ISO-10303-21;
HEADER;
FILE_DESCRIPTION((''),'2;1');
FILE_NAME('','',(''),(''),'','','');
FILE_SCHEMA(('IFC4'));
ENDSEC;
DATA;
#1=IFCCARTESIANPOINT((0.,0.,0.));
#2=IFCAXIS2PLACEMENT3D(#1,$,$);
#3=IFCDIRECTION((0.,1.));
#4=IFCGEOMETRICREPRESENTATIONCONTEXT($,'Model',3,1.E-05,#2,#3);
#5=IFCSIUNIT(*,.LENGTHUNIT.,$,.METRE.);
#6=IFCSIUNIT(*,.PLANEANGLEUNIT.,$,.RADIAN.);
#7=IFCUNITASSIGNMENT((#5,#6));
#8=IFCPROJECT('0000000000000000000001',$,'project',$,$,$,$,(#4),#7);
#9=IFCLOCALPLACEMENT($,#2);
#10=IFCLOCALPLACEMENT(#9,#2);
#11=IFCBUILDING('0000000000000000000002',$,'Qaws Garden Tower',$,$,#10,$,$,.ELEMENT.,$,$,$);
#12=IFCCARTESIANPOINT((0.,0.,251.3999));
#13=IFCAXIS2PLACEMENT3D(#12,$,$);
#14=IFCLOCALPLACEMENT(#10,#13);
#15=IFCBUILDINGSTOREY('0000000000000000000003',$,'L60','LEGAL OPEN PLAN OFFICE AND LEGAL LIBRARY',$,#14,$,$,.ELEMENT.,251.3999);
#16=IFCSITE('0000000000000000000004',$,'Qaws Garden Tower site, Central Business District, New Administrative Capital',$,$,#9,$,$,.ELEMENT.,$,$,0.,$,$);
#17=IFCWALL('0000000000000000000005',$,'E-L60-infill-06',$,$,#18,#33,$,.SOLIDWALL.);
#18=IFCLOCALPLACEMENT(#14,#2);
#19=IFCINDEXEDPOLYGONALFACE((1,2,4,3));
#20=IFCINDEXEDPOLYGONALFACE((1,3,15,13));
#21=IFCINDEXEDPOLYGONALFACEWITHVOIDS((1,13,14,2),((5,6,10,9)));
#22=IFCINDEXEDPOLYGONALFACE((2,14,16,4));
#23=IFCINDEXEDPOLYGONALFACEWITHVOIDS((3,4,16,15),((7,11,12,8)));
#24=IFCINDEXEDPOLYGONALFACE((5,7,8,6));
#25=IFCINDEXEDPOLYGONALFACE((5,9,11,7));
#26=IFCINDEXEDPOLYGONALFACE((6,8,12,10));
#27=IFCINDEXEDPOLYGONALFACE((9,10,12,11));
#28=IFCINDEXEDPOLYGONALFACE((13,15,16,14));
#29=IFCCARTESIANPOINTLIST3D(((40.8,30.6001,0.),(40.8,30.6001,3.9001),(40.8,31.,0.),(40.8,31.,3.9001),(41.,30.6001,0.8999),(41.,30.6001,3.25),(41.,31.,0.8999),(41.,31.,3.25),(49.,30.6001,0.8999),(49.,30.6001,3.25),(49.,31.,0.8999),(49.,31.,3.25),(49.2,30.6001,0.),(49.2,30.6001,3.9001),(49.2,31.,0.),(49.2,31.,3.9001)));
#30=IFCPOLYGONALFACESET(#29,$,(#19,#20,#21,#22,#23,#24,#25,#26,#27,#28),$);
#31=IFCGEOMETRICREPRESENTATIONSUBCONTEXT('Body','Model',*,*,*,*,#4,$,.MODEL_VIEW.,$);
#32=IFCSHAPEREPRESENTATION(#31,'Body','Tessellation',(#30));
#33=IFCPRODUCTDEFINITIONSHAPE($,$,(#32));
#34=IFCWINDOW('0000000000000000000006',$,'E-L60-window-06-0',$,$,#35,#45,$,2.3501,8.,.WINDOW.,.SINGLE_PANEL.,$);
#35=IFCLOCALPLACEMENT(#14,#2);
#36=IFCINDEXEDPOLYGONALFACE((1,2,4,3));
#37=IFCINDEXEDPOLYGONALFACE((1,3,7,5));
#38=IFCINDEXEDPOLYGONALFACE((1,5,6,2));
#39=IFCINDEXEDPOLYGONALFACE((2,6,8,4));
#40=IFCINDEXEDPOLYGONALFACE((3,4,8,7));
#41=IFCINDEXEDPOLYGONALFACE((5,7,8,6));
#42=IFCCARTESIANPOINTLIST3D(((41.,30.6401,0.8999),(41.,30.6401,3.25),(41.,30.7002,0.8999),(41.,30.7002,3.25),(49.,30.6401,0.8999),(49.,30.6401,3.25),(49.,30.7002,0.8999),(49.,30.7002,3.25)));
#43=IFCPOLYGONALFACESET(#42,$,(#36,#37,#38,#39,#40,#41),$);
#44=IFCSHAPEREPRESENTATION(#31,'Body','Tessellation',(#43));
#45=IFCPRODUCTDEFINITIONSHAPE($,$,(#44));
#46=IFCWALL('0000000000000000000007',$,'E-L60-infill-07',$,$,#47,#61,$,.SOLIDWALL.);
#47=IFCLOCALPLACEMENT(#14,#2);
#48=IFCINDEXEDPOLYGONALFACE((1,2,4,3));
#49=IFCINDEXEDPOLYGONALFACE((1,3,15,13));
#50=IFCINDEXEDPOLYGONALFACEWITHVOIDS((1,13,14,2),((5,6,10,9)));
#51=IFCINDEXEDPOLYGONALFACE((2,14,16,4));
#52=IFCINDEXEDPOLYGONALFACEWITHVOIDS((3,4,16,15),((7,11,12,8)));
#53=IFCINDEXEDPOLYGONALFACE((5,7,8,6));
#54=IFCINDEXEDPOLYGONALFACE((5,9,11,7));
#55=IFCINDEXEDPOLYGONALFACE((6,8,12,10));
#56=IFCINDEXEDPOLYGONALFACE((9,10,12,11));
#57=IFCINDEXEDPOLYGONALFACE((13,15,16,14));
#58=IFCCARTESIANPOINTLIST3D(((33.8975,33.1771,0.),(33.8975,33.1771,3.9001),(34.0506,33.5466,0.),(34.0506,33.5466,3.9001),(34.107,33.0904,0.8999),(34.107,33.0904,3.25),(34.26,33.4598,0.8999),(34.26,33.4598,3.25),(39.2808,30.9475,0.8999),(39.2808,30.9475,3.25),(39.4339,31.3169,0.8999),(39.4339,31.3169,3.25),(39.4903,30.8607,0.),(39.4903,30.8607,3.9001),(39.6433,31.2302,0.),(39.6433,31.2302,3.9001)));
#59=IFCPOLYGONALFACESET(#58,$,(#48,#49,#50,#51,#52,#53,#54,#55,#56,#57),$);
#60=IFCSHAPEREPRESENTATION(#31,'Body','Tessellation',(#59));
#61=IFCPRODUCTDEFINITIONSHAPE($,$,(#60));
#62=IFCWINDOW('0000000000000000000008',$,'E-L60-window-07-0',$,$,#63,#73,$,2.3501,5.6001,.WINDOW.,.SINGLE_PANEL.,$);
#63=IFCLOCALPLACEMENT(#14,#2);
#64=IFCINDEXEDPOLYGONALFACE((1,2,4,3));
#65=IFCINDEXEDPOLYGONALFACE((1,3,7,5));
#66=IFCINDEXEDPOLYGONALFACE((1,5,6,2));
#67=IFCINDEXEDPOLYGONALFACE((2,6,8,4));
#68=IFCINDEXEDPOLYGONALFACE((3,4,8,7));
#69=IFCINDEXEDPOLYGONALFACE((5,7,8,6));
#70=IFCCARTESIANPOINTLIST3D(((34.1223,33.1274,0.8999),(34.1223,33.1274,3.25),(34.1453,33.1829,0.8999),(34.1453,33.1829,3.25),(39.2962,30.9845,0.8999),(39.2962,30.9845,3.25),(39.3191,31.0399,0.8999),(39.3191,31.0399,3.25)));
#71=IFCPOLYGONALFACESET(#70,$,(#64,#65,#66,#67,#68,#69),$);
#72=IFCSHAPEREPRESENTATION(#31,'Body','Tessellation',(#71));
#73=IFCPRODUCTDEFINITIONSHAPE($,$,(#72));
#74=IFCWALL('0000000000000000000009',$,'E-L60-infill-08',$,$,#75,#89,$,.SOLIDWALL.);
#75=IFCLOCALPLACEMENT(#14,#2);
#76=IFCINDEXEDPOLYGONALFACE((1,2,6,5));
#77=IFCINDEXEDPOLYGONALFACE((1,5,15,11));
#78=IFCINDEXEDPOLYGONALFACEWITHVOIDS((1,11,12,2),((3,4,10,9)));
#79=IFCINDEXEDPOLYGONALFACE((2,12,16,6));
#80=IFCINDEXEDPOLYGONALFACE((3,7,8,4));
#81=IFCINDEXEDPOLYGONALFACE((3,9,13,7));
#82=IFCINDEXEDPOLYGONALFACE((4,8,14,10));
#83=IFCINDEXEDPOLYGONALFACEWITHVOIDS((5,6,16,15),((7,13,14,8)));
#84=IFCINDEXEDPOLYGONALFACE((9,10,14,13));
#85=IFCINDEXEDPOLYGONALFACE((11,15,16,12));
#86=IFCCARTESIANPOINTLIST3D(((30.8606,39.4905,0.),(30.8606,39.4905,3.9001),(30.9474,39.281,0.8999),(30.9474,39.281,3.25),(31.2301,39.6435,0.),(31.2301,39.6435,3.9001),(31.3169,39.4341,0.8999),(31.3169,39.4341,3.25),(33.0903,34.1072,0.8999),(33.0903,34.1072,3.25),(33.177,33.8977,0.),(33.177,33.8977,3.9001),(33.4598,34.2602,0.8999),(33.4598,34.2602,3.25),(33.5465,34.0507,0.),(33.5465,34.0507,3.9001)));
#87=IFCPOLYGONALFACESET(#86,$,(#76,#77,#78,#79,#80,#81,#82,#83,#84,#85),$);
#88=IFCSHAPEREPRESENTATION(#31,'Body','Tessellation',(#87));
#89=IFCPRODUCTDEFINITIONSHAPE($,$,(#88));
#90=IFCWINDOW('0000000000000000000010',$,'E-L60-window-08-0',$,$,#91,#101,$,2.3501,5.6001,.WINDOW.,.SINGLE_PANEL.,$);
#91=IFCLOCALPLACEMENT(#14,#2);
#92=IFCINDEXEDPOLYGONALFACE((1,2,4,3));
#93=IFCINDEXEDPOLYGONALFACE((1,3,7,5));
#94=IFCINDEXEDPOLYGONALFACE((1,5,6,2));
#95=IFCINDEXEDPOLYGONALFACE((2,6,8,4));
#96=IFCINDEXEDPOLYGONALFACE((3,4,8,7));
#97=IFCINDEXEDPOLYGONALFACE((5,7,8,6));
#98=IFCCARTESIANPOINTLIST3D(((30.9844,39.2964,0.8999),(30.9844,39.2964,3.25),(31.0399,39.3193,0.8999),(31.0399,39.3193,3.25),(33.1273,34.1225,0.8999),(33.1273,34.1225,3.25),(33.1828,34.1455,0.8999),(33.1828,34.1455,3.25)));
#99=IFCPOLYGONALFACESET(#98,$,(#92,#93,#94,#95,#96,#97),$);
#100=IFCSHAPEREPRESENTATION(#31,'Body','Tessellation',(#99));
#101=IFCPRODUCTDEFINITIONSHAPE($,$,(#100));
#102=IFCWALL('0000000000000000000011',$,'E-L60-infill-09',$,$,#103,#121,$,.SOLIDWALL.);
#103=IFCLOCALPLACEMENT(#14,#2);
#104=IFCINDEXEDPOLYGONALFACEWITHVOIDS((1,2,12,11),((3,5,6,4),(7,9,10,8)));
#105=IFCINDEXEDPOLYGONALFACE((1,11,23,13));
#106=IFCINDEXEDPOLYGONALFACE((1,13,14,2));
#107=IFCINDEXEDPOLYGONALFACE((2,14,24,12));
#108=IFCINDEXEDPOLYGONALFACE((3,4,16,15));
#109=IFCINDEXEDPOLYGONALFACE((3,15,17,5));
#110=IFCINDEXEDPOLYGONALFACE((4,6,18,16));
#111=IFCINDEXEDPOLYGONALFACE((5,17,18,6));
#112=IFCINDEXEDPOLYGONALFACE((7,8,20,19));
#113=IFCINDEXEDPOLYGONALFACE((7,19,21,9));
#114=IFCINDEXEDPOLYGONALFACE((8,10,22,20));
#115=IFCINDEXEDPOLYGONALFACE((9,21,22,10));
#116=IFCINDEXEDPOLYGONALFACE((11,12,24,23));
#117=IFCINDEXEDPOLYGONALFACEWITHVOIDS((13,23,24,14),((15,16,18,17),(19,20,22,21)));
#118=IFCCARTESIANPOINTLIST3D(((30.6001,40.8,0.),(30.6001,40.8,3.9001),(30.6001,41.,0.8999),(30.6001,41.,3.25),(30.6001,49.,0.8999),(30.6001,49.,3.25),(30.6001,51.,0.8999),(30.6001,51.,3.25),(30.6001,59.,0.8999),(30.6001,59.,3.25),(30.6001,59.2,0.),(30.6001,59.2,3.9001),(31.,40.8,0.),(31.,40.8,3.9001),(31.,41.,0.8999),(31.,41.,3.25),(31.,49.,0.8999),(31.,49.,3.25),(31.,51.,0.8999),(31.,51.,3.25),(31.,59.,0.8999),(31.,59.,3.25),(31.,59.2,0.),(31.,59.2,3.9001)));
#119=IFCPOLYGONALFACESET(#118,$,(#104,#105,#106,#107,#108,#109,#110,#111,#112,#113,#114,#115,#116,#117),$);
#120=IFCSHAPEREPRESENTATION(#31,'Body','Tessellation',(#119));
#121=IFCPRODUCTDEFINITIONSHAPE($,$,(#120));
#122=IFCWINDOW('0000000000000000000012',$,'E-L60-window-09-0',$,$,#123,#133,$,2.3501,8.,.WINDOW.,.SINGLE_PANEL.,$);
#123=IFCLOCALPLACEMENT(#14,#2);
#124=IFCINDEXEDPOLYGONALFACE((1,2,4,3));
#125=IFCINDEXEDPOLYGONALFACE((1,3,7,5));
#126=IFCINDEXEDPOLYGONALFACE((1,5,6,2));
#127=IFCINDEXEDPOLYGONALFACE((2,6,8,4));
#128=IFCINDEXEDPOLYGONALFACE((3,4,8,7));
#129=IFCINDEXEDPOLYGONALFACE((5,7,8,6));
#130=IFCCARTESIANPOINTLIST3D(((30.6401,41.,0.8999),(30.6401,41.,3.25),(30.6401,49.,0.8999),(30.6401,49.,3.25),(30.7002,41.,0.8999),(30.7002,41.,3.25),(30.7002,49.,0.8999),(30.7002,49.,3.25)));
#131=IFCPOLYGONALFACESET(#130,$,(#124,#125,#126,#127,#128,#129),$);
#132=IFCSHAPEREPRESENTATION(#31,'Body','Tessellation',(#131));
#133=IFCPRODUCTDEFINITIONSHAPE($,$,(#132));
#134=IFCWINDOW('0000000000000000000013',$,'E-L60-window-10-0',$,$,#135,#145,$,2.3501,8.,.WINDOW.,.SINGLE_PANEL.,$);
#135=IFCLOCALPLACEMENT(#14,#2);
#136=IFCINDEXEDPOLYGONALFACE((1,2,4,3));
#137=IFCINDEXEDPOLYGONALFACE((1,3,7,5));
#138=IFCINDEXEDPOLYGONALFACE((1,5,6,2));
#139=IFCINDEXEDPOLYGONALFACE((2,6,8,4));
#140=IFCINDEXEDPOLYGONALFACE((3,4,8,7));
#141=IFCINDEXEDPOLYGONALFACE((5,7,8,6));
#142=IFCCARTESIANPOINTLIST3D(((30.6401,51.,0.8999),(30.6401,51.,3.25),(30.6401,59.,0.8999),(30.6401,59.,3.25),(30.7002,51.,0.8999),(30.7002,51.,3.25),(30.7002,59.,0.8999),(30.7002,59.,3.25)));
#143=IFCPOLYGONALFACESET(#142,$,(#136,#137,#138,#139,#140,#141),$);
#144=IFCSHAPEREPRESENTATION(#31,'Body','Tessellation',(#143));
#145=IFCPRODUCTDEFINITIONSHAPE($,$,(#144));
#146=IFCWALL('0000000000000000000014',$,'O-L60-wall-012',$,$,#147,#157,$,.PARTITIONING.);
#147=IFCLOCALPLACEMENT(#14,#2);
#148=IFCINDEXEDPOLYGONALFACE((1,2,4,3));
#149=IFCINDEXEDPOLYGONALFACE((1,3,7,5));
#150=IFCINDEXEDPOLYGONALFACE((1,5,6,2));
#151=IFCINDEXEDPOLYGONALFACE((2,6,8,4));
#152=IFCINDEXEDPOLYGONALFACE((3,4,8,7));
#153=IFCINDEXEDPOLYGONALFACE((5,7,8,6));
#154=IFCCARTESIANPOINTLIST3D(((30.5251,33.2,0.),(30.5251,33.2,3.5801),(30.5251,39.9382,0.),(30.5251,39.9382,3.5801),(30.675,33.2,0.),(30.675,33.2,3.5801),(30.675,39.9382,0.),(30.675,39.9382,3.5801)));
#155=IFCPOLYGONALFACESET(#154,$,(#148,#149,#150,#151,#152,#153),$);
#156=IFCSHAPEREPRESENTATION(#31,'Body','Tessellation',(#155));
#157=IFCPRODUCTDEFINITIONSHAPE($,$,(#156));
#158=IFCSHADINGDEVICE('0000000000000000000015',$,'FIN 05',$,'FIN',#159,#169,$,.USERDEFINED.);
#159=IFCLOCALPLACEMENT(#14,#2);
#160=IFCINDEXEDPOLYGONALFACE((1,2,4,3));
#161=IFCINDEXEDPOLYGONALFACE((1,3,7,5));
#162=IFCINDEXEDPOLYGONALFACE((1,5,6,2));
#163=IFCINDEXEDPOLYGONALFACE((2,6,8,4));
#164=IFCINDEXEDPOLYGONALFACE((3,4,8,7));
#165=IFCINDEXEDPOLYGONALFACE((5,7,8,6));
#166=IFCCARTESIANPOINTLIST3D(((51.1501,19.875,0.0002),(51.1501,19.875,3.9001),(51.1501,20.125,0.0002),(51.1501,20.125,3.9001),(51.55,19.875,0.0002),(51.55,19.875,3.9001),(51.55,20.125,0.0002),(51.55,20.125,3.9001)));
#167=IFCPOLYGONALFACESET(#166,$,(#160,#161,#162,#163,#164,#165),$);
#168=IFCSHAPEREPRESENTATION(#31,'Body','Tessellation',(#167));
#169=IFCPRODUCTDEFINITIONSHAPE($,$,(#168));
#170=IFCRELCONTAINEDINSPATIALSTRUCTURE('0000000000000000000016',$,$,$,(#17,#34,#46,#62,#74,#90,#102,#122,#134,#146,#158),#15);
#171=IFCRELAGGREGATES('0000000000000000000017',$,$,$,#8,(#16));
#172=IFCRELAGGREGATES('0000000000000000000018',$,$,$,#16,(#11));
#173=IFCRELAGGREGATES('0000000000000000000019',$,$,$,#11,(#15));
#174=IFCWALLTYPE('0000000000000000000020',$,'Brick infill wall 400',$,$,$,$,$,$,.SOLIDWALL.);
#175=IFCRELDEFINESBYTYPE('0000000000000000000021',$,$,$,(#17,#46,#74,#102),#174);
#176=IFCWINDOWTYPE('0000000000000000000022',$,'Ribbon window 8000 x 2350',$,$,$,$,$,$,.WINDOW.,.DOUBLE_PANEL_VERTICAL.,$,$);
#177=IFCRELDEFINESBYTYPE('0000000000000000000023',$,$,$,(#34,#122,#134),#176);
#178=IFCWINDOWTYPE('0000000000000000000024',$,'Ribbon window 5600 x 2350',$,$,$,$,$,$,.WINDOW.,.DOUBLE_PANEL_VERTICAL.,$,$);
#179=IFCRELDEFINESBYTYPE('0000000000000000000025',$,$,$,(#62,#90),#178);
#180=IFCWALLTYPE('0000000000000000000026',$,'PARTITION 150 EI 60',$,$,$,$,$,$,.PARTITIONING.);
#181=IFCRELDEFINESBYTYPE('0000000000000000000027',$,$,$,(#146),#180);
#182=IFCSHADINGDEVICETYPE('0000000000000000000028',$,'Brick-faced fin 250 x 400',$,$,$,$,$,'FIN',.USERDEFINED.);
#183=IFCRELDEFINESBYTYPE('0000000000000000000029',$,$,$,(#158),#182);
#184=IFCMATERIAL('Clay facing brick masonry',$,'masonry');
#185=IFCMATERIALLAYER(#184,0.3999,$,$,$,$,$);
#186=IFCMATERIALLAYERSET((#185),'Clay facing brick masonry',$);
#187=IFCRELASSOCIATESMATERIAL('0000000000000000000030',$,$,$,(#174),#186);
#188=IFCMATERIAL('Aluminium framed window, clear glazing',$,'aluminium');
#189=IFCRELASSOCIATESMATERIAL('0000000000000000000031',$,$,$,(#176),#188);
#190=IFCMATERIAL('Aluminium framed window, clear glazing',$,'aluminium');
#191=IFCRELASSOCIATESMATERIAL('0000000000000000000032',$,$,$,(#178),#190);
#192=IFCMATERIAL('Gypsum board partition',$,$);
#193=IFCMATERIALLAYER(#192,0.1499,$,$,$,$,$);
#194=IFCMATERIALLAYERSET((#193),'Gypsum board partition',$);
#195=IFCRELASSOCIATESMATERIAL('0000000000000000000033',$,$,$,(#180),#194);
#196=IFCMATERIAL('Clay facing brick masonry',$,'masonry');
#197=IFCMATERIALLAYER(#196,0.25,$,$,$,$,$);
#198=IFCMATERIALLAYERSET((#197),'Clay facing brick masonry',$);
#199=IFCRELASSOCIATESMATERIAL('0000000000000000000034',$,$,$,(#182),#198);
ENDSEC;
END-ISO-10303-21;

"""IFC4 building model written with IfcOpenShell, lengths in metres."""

from ifc_helpers import new_model, si_unit, direction, frame, frame_2d, origin, origin_2d, place, context, subcontext, project, spatial, rectangle, extrude, material, layer, layer_set, type_object, element, fill, save


model = new_model("IFC4")

# Units and contexts
model_context = context("Model", 3, precision=1e-05, world=origin(), true_north=direction((0.0, 1.0)))
body_context = subcontext(model_context, "Body", "Model", "MODEL_VIEW")
ifc_project = project(units=[si_unit("LENGTHUNIT", "METRE"), si_unit("PLANEANGLEUNIT", "RADIAN")], contexts=[model_context])

# Site, building, storey
site_placement = place(None, origin())
site = spatial("IfcSite", under=ifc_project, at=site_placement, Name="Qaws Garden Tower site, Central Business District, New Administrative Capital", CompositionType="ELEMENT", RefElevation=0.0)
building_placement = place(site_placement, origin())
building = spatial("IfcBuilding", under=site, at=building_placement, Name="Qaws Garden Tower", CompositionType="ELEMENT")
storey_placement = place(building_placement, frame((0.0, 0.0, 251.3999)))
storey = spatial("IfcBuildingStorey", under=building, at=storey_placement, Name="L60", Description="LEGAL OPEN PLAN OFFICE AND LEGAL LIBRARY", CompositionType="ELEMENT", Elevation=251.3999)

# Walls, openings, windows
ifc_material_1 = material(Name="Clay facing brick masonry", Category="masonry")
ifc_layer_1 = layer(ifc_material_1, 0.3999)
ifc_layer_set_1 = layer_set([ifc_layer_1], Name="Clay facing brick masonry")
wall_type_1 = type_object("IfcWallType", Name="Brick infill wall 400", PredefinedType="SOLIDWALL", material=ifc_layer_set_1)
wall_1_placement = place(storey_placement, frame((49.2, 30.8, 0.0), z_axis=(0.0, 0.0, 1.0), x_axis=(-1.0, 0.0, 0.0)))
wall_1 = element("IfcWall", 1, at=wall_1_placement, inside=storey, type_object=wall_type_1, Name="E-L60-infill-06", PredefinedType="SOLIDWALL", context=body_context, shape_type="SweptSolid", body=[
    extrude(rectangle(XDim=8.3999, YDim=0.3999, at=frame_2d((4.2, 0.0))), origin(), (0.0, 0.0, 1.0), 3.9001),
])
opening_1_placement = place(wall_1_placement, frame((0.2, 0.0, 0.8999)))
opening_1 = element("IfcOpeningElement", 2, at=opening_1_placement, cuts=wall_1, PredefinedType="OPENING", context=body_context, shape_type="SweptSolid", body=[
    extrude(rectangle(XDim=8.0, YDim=2.3501, at=frame_2d((4.0, 1.175))), frame((0.0, 0.21, 0.0), z_axis=(0.0, -1.0, 0.0), x_axis=(1.0, 0.0, 0.0)), (0.0, 0.0, 1.0), 0.4199),
])
ifc_material_2 = material(Name="Aluminium framed window, clear glazing", Category="aluminium")
window_type_1 = type_object("IfcWindowType", Name="Ribbon window 8000 x 2350", PartitioningType="DOUBLE_PANEL_VERTICAL", PredefinedType="WINDOW", material=ifc_material_2)
window_1_placement = place(opening_1_placement, origin())
window_1 = element("IfcWindow", 3, at=window_1_placement, inside=storey, type_object=window_type_1, Name="E-L60-window-06-0", OverallHeight=2.3501, OverallWidth=8.0, PartitioningType="SINGLE_PANEL", PredefinedType="WINDOW", context=body_context, shape_type="SweptSolid", body=[
    extrude(rectangle(XDim=8.0, YDim=2.3501, at=frame_2d((4.0, 1.175))), frame((0.0, 0.1599, 0.0), z_axis=(0.0, -1.0, 0.0), x_axis=(1.0, 0.0, 0.0)), (0.0, 0.0, 1.0), 0.0601),
])
fill(opening_1, window_1)
wall_2_placement = place(storey_placement, frame((39.5669, 31.0454, 0.0), z_axis=(0.0, 0.0, 1.0), x_axis=(-0.923891, 0.382656, 0.0)))
wall_2 = element("IfcWall", 4, at=wall_2_placement, inside=storey, type_object=wall_type_1, Name="E-L60-infill-07", PredefinedType="SOLIDWALL", context=body_context, shape_type="SweptSolid", body=[
    extrude(rectangle(XDim=6.0535, YDim=0.3999, at=frame_2d((3.0269, 0.0))), origin(), (0.0, 0.0, 1.0), 3.9001),
])
opening_2_placement = place(wall_2_placement, frame((0.2268, 0.0, 0.8999)))
opening_2 = element("IfcOpeningElement", 5, at=opening_2_placement, cuts=wall_2, PredefinedType="OPENING", context=body_context, shape_type="SweptSolid", body=[
    extrude(rectangle(XDim=5.6001, YDim=2.3501, at=frame_2d((2.8, 1.175))), frame((0.0, 0.21, 0.0), z_axis=(0.0, -1.0, 0.0), x_axis=(1.0, 0.0, 0.0)), (0.0, 0.0, 1.0), 0.4199),
])
ifc_material_3 = material(Name="Aluminium framed window, clear glazing", Category="aluminium")
window_type_2 = type_object("IfcWindowType", Name="Ribbon window 5600 x 2350", PartitioningType="DOUBLE_PANEL_VERTICAL", PredefinedType="WINDOW", material=ifc_material_3)
window_2_placement = place(opening_2_placement, origin())
window_2 = element("IfcWindow", 6, at=window_2_placement, inside=storey, type_object=window_type_2, Name="E-L60-window-07-0", OverallHeight=2.3501, OverallWidth=5.6001, PartitioningType="SINGLE_PANEL", PredefinedType="WINDOW", context=body_context, shape_type="SweptSolid", body=[
    extrude(rectangle(XDim=5.6001, YDim=2.3501, at=frame_2d((2.8, 1.175))), frame((0.0, 0.1599, 0.0), z_axis=(0.0, -1.0, 0.0), x_axis=(1.0, 0.0, 0.0)), (0.0, 0.0, 1.0), 0.0601),
])
fill(opening_2, window_2)
wall_3_placement = place(storey_placement, frame((33.3618, 33.9741, 0.0), z_axis=(0.0, 0.0, 1.0), x_axis=(-0.382656, 0.923891, 0.0)))
wall_3 = element("IfcWall", 7, at=wall_3_placement, inside=storey, type_object=wall_type_1, Name="E-L60-infill-08", PredefinedType="SOLIDWALL", context=body_context, shape_type="SweptSolid", body=[
    extrude(rectangle(XDim=6.0535, YDim=0.3999, at=frame_2d((3.0269, 0.0))), origin(), (0.0, 0.0, 1.0), 3.9001),
])
opening_3_placement = place(wall_3_placement, frame((0.2268, 0.0, 0.8999)))
opening_3 = element("IfcOpeningElement", 8, at=opening_3_placement, cuts=wall_3, PredefinedType="OPENING", context=body_context, shape_type="SweptSolid", body=[
    extrude(rectangle(XDim=5.6001, YDim=2.3501, at=frame_2d((2.8, 1.175))), frame((0.0, 0.21, 0.0), z_axis=(0.0, -1.0, 0.0), x_axis=(1.0, 0.0, 0.0)), (0.0, 0.0, 1.0), 0.4199),
])
window_3_placement = place(opening_3_placement, origin())
window_3 = element("IfcWindow", 9, at=window_3_placement, inside=storey, type_object=window_type_2, Name="E-L60-window-08-0", OverallHeight=2.3501, OverallWidth=5.6001, PartitioningType="SINGLE_PANEL", PredefinedType="WINDOW", context=body_context, shape_type="SweptSolid", body=[
    extrude(rectangle(XDim=5.6001, YDim=2.3501, at=frame_2d((2.8, 1.175))), frame((0.0, 0.1599, 0.0), z_axis=(0.0, -1.0, 0.0), x_axis=(1.0, 0.0, 0.0)), (0.0, 0.0, 1.0), 0.0601),
])
fill(opening_3, window_3)

# Wall, openings, windows
wall_4_placement = place(storey_placement, frame((30.8, 40.8, 0.0), z_axis=(0.0, 0.0, 1.0), x_axis=(0.0, 1.0, 0.0)))
wall_4 = element("IfcWall", 10, at=wall_4_placement, inside=storey, type_object=wall_type_1, Name="E-L60-infill-09", PredefinedType="SOLIDWALL", context=body_context, shape_type="SweptSolid", body=[
    extrude(rectangle(XDim=18.3999, YDim=0.3999, at=frame_2d((9.2, 0.0))), origin(), (0.0, 0.0, 1.0), 3.9001),
])
opening_4_placement = place(wall_4_placement, frame((0.2, 0.0, 0.8999)))
opening_4 = element("IfcOpeningElement", 11, at=opening_4_placement, cuts=wall_4, PredefinedType="OPENING", context=body_context, shape_type="SweptSolid", body=[
    extrude(rectangle(XDim=8.0, YDim=2.3501, at=frame_2d((4.0, 1.175))), frame((0.0, 0.21, 0.0), z_axis=(0.0, -1.0, 0.0), x_axis=(1.0, 0.0, 0.0)), (0.0, 0.0, 1.0), 0.4199),
])
opening_5_placement = place(wall_4_placement, frame((10.2, 0.0, 0.8999)))
opening_5 = element("IfcOpeningElement", 12, at=opening_5_placement, cuts=wall_4, PredefinedType="OPENING", context=body_context, shape_type="SweptSolid", body=[
    extrude(rectangle(XDim=8.0, YDim=2.3501, at=frame_2d((4.0, 1.175))), frame((0.0, 0.21, 0.0), z_axis=(0.0, -1.0, 0.0), x_axis=(1.0, 0.0, 0.0)), (0.0, 0.0, 1.0), 0.4199),
])
window_4_placement = place(opening_4_placement, origin())
window_4 = element("IfcWindow", 13, at=window_4_placement, inside=storey, type_object=window_type_1, Name="E-L60-window-09-0", OverallHeight=2.3501, OverallWidth=8.0, PartitioningType="SINGLE_PANEL", PredefinedType="WINDOW", context=body_context, shape_type="SweptSolid", body=[
    extrude(rectangle(XDim=8.0, YDim=2.3501, at=frame_2d((4.0, 1.175))), frame((0.0, 0.1599, 0.0), z_axis=(0.0, -1.0, 0.0), x_axis=(1.0, 0.0, 0.0)), (0.0, 0.0, 1.0), 0.0601),
])
fill(opening_4, window_4)
window_5_placement = place(opening_5_placement, origin())
window_5 = element("IfcWindow", 14, at=window_5_placement, inside=storey, type_object=window_type_1, Name="E-L60-window-10-0", OverallHeight=2.3501, OverallWidth=8.0, PartitioningType="SINGLE_PANEL", PredefinedType="WINDOW", context=body_context, shape_type="SweptSolid", body=[
    extrude(rectangle(XDim=8.0, YDim=2.3501, at=frame_2d((4.0, 1.175))), frame((0.0, 0.1599, 0.0), z_axis=(0.0, -1.0, 0.0), x_axis=(1.0, 0.0, 0.0)), (0.0, 0.0, 1.0), 0.0601),
])
fill(opening_5, window_5)

# Wall
ifc_material_4 = material(Name="Gypsum board partition")
ifc_layer_2 = layer(ifc_material_4, 0.1499)
ifc_layer_set_2 = layer_set([ifc_layer_2], Name="Gypsum board partition")
wall_type_2 = type_object("IfcWallType", Name="PARTITION 150 EI 60", PredefinedType="PARTITIONING", material=ifc_layer_set_2)
wall_5_placement = place(storey_placement, frame((30.6001, 33.2, 0.0), z_axis=(0.0, 0.0, 1.0), x_axis=(0.0, 1.0, 0.0)))
element("IfcWall", 15, at=wall_5_placement, inside=storey, type_object=wall_type_2, Name="O-L60-wall-012", PredefinedType="PARTITIONING", context=body_context, shape_type="SweptSolid", body=[
    extrude(rectangle(XDim=6.7383, YDim=0.1499, at=frame_2d((3.3691, 0.0))), origin(), (0.0, 0.0, 1.0), 3.5801),
])

# Shading device
ifc_material_5 = material(Name="Clay facing brick masonry", Category="masonry")
ifc_layer_3 = layer(ifc_material_5, 0.25)
ifc_layer_set_3 = layer_set([ifc_layer_3], Name="Clay facing brick masonry")
shading_device_type = type_object("IfcShadingDeviceType", Name="Brick-faced fin 250 x 400", ElementType="FIN", PredefinedType="USERDEFINED", material=ifc_layer_set_3)
shading_device_placement = place(storey_placement, frame((51.3501, 20.0, 0.0002), z_axis=(0.0, 0.0, 1.0), x_axis=(0.0, 1.0, 0.0)))
element("IfcShadingDevice", 16, at=shading_device_placement, inside=storey, type_object=shading_device_type, Name="FIN 05", ObjectType="FIN", PredefinedType="USERDEFINED", context=body_context, shape_type="SweptSolid", body=[
    extrude(rectangle(XDim=0.25, YDim=0.3999, at=origin_2d()), origin(), (0.0, 0.0, 1.0), 3.8999),
])

save(model, "model.ifc")
